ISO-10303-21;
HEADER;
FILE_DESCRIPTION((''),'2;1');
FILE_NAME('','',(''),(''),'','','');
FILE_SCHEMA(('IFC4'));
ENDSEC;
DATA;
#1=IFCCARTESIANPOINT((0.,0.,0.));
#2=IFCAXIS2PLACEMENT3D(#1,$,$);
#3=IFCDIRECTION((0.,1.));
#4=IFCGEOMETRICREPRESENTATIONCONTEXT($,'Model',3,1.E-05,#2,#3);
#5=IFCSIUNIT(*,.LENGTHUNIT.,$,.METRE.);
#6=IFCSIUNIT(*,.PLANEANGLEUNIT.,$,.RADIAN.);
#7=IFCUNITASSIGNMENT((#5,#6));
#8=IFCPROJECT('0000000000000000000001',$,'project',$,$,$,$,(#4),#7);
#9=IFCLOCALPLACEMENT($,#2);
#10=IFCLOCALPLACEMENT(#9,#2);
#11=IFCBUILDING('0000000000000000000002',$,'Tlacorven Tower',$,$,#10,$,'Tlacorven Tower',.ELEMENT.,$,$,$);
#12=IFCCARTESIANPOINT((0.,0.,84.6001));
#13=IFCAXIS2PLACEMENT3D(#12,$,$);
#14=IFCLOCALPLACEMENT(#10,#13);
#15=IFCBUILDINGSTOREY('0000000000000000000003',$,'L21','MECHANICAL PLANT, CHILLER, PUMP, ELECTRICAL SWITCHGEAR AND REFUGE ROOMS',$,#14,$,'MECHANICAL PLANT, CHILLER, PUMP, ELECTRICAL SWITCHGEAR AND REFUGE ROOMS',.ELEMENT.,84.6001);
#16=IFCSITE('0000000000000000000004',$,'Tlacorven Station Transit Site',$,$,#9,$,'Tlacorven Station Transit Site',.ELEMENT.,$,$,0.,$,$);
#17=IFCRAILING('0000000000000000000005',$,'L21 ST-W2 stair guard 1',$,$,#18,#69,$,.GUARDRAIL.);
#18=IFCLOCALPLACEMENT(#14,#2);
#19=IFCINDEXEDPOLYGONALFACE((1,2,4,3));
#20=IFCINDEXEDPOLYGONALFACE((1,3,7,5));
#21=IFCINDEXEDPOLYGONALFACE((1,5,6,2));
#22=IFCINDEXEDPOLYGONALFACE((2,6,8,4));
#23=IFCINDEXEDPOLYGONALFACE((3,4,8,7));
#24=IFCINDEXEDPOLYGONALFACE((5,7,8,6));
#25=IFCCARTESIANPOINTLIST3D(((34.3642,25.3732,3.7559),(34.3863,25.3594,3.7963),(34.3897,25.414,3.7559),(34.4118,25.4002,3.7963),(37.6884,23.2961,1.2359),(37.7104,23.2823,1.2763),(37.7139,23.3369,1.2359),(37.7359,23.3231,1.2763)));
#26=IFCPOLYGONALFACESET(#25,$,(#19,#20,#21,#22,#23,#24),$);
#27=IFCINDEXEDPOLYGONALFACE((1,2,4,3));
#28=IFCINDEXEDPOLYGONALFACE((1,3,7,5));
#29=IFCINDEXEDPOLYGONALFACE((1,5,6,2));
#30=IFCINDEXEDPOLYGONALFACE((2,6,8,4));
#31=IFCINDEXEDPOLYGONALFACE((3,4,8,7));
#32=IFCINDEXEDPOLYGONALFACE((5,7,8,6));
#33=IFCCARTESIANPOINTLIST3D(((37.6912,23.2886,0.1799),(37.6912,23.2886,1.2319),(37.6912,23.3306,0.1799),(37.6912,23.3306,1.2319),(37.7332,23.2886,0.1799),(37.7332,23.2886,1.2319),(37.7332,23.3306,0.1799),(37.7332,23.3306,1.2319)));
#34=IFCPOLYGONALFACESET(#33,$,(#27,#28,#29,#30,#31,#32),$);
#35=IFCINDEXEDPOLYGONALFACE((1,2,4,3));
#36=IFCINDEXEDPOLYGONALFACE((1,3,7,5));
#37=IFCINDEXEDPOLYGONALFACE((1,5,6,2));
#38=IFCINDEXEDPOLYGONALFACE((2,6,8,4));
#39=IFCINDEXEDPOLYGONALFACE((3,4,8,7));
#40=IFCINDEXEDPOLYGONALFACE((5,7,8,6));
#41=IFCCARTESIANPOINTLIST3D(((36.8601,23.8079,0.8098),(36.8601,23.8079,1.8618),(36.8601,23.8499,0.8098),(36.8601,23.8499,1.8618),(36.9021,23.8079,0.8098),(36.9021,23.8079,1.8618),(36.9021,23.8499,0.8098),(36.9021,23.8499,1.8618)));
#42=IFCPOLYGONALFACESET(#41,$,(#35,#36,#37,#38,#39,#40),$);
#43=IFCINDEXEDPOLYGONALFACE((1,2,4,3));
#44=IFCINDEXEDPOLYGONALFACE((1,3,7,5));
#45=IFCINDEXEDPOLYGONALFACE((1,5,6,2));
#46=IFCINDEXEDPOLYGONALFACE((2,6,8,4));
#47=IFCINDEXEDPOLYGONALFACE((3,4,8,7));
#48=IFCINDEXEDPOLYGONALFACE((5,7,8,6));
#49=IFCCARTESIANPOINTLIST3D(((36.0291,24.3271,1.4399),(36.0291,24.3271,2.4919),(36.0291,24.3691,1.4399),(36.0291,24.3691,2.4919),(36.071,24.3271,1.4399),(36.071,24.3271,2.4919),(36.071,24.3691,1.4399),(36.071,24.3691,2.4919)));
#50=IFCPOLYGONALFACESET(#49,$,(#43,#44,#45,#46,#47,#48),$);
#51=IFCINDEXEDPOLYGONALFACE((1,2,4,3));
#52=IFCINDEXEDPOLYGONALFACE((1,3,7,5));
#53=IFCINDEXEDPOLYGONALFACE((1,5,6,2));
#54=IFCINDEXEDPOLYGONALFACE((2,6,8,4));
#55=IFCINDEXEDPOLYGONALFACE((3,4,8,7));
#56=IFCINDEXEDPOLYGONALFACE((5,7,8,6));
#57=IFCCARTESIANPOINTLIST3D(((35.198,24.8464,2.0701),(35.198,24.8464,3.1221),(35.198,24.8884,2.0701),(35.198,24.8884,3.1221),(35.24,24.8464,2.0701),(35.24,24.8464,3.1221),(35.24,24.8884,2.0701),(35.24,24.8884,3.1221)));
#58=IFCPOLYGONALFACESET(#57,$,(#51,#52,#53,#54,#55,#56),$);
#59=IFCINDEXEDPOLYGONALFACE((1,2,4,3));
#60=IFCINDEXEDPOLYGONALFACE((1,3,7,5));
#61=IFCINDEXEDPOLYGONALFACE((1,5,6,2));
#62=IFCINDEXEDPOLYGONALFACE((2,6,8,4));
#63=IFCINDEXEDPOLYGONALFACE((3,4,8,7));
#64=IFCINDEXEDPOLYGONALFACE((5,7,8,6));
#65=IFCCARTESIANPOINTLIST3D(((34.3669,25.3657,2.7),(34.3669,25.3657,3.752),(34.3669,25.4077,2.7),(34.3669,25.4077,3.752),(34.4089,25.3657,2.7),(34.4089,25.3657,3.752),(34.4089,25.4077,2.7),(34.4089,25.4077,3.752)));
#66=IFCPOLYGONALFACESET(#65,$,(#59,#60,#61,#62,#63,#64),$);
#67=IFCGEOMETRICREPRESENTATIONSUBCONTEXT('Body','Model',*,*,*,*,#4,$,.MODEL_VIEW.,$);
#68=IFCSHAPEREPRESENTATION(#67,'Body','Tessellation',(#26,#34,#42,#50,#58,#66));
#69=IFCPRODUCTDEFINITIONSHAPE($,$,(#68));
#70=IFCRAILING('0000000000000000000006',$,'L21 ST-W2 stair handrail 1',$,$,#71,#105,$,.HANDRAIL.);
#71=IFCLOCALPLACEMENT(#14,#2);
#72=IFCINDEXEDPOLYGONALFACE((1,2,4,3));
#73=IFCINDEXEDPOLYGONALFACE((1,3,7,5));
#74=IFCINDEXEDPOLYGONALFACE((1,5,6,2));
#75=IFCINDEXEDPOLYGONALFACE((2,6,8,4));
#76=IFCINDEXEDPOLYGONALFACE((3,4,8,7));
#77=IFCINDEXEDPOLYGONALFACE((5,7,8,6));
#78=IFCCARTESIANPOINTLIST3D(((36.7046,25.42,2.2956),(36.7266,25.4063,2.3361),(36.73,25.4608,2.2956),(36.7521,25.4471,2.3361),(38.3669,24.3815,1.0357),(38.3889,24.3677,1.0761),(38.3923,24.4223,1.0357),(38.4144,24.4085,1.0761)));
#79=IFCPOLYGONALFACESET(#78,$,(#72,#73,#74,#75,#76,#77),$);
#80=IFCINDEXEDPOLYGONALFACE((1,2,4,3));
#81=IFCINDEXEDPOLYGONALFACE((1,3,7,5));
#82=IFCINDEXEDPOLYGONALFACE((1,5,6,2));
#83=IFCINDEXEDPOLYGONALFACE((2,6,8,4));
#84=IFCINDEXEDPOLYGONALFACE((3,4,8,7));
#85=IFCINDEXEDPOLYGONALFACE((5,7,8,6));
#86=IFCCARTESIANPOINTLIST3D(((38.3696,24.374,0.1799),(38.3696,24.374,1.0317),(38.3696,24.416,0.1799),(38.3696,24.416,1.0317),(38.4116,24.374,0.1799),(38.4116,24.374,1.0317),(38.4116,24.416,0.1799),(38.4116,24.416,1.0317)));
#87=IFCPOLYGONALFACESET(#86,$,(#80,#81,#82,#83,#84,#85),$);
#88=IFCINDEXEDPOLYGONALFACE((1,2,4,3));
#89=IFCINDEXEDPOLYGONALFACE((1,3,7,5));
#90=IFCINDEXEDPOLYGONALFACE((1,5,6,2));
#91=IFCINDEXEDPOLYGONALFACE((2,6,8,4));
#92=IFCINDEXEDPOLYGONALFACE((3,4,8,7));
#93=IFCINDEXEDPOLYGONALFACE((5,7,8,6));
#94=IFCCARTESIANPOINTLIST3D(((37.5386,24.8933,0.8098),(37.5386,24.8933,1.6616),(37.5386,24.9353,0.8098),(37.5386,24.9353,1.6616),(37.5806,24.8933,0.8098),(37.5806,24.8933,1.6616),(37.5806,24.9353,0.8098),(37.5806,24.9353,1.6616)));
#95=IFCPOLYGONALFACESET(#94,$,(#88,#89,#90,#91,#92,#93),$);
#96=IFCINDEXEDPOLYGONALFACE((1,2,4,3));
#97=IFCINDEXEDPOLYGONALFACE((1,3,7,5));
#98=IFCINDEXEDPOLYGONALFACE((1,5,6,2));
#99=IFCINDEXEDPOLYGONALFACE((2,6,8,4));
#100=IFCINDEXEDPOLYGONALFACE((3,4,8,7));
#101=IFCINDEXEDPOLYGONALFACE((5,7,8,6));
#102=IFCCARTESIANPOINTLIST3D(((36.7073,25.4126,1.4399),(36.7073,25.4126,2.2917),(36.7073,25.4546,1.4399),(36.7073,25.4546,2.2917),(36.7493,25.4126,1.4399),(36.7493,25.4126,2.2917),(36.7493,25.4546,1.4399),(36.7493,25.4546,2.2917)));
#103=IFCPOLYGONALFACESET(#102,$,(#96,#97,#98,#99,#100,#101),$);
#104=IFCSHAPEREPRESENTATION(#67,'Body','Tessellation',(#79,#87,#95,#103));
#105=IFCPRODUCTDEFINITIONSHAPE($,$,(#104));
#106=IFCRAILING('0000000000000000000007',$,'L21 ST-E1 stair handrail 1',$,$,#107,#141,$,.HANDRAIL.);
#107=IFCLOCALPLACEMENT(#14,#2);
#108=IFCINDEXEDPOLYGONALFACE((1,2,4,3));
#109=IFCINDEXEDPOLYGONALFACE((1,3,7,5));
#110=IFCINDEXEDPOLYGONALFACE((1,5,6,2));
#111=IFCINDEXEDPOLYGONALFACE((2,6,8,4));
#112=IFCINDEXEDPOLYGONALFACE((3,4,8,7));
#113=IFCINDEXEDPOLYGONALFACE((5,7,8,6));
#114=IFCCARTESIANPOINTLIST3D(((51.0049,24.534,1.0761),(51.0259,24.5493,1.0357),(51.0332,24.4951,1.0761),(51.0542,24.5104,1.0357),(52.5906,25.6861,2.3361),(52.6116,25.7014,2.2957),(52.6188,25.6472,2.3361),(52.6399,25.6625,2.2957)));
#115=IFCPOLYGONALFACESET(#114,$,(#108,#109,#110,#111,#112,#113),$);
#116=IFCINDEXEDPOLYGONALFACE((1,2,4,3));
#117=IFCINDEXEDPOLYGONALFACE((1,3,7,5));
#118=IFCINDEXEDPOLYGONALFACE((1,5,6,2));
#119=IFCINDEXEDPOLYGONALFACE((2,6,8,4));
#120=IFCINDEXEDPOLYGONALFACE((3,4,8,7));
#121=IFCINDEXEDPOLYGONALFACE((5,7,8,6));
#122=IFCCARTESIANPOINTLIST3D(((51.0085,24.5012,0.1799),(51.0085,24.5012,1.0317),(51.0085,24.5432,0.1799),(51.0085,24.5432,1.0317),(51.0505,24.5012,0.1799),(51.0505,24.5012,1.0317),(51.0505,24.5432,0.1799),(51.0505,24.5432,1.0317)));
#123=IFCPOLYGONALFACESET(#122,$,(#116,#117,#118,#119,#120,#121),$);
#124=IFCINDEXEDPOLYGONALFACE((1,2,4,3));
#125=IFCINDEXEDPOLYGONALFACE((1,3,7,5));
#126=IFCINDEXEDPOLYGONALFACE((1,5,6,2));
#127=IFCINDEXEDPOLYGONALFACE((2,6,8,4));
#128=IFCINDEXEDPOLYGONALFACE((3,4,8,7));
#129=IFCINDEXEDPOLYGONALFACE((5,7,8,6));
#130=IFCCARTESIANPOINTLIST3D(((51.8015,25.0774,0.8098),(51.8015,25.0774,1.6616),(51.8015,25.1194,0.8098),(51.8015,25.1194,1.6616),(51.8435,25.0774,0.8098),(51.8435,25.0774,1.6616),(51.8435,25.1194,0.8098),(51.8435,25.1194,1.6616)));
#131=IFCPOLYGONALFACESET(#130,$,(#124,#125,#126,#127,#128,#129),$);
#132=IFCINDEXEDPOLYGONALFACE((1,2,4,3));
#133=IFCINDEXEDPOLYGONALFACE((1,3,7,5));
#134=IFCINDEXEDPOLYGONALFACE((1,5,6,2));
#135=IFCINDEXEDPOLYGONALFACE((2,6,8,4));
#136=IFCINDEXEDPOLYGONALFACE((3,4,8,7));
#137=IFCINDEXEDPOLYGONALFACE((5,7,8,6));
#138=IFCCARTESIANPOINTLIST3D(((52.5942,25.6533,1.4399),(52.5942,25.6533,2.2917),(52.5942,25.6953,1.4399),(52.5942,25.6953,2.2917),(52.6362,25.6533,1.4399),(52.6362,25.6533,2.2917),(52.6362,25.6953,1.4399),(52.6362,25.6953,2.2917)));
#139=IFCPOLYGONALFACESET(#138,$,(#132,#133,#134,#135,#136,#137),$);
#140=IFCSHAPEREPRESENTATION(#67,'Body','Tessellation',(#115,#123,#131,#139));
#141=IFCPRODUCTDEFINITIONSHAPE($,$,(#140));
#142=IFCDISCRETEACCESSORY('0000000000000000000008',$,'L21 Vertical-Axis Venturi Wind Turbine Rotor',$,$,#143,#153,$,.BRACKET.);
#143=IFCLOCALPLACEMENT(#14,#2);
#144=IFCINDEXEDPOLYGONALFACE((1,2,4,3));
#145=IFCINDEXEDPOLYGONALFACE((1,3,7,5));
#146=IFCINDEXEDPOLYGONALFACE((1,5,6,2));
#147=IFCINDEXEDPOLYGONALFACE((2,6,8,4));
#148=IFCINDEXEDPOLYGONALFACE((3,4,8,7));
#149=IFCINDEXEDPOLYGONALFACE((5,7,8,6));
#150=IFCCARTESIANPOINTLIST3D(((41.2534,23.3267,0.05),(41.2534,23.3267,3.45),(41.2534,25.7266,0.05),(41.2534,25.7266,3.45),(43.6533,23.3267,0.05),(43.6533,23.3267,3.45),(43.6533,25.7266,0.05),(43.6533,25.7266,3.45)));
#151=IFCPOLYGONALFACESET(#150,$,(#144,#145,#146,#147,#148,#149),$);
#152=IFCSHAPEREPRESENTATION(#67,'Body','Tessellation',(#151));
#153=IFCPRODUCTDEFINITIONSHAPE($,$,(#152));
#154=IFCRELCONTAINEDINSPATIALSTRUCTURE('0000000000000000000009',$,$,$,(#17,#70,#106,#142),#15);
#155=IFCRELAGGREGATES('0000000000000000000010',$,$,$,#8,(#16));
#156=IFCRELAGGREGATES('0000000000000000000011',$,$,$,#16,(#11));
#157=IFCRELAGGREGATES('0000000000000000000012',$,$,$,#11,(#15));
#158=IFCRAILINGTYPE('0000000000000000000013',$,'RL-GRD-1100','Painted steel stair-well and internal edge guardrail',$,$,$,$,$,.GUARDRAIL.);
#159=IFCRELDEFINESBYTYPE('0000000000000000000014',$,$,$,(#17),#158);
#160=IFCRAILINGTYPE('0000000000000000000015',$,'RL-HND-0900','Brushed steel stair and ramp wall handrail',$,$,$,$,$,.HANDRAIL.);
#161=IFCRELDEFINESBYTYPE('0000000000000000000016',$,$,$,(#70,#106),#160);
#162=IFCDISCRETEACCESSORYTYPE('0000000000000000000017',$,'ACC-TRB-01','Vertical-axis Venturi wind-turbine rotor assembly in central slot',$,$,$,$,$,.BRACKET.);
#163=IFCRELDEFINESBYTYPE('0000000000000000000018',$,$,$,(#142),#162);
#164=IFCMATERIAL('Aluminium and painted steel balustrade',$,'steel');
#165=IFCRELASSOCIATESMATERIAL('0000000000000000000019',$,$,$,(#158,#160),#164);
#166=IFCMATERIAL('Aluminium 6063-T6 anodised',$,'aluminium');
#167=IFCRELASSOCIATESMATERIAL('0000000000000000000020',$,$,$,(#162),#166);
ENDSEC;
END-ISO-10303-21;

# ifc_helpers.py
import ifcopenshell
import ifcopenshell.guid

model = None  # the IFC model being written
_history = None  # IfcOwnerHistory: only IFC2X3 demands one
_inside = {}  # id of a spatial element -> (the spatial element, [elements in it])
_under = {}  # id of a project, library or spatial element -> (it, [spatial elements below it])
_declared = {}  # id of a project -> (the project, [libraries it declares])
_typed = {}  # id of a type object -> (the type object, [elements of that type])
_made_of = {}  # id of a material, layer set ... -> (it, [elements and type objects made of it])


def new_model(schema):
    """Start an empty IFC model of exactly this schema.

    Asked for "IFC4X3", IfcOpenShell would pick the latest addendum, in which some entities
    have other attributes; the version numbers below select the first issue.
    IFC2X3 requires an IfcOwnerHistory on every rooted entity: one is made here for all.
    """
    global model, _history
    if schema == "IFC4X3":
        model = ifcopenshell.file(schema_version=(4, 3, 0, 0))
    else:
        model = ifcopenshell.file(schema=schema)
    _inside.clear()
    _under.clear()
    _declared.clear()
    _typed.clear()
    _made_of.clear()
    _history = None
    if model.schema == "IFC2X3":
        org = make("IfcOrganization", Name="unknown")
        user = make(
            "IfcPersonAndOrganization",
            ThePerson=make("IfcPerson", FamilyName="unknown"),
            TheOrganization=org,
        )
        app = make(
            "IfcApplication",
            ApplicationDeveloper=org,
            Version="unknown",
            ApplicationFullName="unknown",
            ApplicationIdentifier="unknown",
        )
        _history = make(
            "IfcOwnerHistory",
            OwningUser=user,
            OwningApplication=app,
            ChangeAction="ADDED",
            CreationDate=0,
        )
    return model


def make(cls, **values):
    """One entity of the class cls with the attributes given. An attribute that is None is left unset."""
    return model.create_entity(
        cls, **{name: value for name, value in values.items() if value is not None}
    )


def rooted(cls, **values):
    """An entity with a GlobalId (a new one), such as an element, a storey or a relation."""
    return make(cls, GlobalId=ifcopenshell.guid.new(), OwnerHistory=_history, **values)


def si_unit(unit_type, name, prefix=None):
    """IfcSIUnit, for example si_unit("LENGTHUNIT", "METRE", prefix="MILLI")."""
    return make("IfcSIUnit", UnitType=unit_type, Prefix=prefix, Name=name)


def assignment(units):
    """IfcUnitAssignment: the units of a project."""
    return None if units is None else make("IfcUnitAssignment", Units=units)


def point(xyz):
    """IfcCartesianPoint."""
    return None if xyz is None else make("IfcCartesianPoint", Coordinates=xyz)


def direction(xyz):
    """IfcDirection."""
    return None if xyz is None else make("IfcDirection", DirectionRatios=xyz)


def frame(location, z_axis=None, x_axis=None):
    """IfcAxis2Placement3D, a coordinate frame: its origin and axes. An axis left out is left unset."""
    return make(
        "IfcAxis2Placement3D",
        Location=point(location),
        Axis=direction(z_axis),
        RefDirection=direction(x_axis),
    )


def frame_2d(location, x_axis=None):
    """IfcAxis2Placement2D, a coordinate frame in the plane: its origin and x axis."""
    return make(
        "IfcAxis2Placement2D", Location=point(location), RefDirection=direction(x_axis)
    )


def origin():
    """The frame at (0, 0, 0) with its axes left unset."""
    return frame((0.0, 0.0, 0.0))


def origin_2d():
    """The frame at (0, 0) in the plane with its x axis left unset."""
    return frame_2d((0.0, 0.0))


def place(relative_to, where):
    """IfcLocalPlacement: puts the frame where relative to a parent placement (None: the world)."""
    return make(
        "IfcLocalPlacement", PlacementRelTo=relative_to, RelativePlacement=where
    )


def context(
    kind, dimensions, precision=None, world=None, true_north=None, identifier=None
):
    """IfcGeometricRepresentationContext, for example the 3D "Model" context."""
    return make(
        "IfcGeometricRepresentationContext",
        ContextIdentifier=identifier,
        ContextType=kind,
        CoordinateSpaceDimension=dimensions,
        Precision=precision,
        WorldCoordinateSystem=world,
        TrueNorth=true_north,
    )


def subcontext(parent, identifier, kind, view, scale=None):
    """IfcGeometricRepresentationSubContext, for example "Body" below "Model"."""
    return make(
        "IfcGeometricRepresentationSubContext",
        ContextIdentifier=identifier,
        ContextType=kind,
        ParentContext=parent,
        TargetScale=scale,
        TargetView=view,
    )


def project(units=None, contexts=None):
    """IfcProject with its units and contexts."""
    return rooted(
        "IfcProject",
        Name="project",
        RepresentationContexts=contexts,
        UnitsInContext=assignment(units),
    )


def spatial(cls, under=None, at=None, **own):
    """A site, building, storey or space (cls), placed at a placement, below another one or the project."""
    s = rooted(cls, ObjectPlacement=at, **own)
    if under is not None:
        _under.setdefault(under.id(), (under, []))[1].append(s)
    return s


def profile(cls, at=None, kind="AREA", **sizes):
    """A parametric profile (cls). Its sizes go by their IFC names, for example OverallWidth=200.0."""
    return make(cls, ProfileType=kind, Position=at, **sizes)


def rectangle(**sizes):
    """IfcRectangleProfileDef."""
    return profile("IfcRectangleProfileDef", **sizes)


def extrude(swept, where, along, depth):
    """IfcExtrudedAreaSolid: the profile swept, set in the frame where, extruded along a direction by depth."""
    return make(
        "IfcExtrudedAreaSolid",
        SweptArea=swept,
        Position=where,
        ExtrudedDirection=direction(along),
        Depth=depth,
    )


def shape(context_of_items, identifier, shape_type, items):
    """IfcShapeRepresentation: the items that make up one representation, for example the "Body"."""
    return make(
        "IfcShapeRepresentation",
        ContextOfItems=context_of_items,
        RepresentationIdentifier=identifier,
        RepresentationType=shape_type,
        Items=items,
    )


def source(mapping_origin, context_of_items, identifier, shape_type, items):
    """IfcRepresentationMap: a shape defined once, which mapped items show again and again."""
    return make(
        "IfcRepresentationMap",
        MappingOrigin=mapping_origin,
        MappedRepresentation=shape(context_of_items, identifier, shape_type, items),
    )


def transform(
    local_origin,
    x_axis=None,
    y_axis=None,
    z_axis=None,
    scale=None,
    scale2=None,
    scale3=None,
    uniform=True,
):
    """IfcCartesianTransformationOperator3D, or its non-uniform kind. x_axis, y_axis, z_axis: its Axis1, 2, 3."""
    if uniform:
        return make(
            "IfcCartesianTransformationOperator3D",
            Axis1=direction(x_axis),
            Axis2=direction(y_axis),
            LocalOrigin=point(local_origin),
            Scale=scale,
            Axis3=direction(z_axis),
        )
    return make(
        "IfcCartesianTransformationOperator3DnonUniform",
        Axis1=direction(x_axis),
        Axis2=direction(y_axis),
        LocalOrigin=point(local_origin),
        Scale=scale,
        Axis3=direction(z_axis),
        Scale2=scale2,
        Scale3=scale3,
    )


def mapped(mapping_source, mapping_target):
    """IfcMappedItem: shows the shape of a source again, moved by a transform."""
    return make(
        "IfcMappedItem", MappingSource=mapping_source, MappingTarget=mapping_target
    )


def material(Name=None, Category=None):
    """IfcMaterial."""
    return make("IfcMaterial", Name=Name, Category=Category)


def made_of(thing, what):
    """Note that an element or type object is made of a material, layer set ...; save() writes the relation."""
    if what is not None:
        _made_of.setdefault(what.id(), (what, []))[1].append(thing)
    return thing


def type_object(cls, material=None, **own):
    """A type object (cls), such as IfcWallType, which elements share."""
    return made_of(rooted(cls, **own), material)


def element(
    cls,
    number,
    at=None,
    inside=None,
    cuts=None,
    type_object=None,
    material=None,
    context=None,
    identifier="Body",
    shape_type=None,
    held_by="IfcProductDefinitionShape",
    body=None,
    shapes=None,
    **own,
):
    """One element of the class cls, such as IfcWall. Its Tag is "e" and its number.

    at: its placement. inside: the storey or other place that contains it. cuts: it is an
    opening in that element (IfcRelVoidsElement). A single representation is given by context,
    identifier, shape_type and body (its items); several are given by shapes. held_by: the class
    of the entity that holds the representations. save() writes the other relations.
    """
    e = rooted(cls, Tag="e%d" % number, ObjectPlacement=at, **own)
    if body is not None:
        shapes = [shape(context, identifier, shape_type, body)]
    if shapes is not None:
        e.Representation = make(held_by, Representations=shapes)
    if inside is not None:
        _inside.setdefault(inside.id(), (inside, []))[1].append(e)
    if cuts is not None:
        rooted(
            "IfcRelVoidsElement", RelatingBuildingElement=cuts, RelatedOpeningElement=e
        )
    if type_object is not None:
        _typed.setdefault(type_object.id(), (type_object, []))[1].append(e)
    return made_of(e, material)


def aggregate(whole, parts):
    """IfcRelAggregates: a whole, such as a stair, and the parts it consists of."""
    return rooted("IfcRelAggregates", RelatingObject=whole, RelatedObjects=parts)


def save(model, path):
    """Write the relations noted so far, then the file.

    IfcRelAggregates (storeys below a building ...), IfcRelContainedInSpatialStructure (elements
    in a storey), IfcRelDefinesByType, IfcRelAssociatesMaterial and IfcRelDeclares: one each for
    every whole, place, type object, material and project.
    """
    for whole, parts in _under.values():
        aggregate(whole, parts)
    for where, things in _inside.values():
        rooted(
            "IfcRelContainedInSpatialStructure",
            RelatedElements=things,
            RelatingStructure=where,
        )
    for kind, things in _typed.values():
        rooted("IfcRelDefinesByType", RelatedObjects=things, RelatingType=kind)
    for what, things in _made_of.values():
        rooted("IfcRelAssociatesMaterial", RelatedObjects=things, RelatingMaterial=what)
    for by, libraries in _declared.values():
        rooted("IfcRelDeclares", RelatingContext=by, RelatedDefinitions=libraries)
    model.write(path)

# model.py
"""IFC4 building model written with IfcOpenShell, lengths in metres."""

from ifc_helpers import new_model, si_unit, direction, frame, origin, origin_2d, place, context, subcontext, project, spatial, rectangle, extrude, source, transform, mapped, material, type_object, element, save


model = new_model("IFC4")

# Units and contexts
model_context = context("Model", 3, precision=1e-05, world=origin(), true_north=direction((0.0, 1.0)))
body_context = subcontext(model_context, "Body", "Model", "MODEL_VIEW")
ifc_project = project(units=[si_unit("LENGTHUNIT", "METRE"), si_unit("PLANEANGLEUNIT", "RADIAN")], contexts=[model_context])

# Site, building, storey
site_placement = place(None, origin())
site = spatial("IfcSite", under=ifc_project, at=site_placement, Name="Tlacorven Station Transit Site", LongName="Tlacorven Station Transit Site", CompositionType="ELEMENT", RefElevation=0.0)
building_placement = place(site_placement, origin())
building = spatial("IfcBuilding", under=site, at=building_placement, Name="Tlacorven Tower", LongName="Tlacorven Tower", CompositionType="ELEMENT")
storey_placement = place(building_placement, frame((0.0, 0.0, 84.6001)))
storey = spatial("IfcBuildingStorey", under=building, at=storey_placement, Name="L21", Description="MECHANICAL PLANT, CHILLER, PUMP, ELECTRICAL SWITCHGEAR AND REFUGE ROOMS", LongName="MECHANICAL PLANT, CHILLER, PUMP, ELECTRICAL SWITCHGEAR AND REFUGE ROOMS", CompositionType="ELEMENT", Elevation=84.6001)

# Railings
ifc_material_1 = material(Name="Aluminium and painted steel balustrade", Category="steel")
railing_type_1 = type_object("IfcRailingType", Name="RL-GRD-1100", Description="Painted steel stair-well and internal edge guardrail", PredefinedType="GUARDRAIL", material=ifc_material_1)
shared_shape_1 = source(origin(), body_context, "Body", "SweptSolid", [
    extrude(rectangle(XDim=0.0481, YDim=0.0481, at=origin_2d()), frame((0.0, 0.0, 1.0762), z_axis=(-0.713354, 0.445741, 0.540778), x_axis=(-0.529909, -0.848054, 0.0)), (0.0, 0.0, 1.0), 4.6599),
    extrude(rectangle(XDim=0.042, YDim=0.042, at=origin_2d()), origin(), (0.0, 0.0, 1.0), 1.052),
    extrude(rectangle(XDim=0.042, YDim=0.042, at=origin_2d()), frame((-0.8311, 0.5193, 0.6299)), (0.0, 0.0, 1.0), 1.052),
    extrude(rectangle(XDim=0.042, YDim=0.042, at=origin_2d()), frame((-1.6621, 1.0386, 1.26)), (0.0, 0.0, 1.0), 1.052),
    extrude(rectangle(XDim=0.042, YDim=0.042, at=origin_2d()), frame((-2.4932, 1.5579, 1.8901)), (0.0, 0.0, 1.0), 1.052),
    extrude(rectangle(XDim=0.042, YDim=0.042, at=origin_2d()), frame((-3.3242, 2.0771, 2.52)), (0.0, 0.0, 1.0), 1.052),
])
railing_1_placement = place(storey_placement, frame((37.7122, 23.3096, 0.1799)))
element("IfcRailing", 1, at=railing_1_placement, inside=storey, type_object=railing_type_1, Name="L21 ST-W2 stair guard 1", PredefinedType="GUARDRAIL", context=body_context, shape_type="MappedRepresentation", body=[
    mapped(shared_shape_1, transform((0.0, 0.0, 0.0), scale=1.0)),
])
railing_type_2 = type_object("IfcRailingType", Name="RL-HND-0900", Description="Brushed steel stair and ramp wall handrail", PredefinedType="HANDRAIL", material=ifc_material_1)
shared_shape_2 = source(origin(), body_context, "Body", "SweptSolid", [
    extrude(rectangle(XDim=0.0481, YDim=0.0481, at=origin_2d()), frame((0.0, 0.0, 0.876), z_axis=(-0.713405, 0.445708, 0.540738), x_axis=(-0.529853, -0.848089, 0.0)), (0.0, 0.0, 1.0), 2.3301),
    extrude(rectangle(XDim=0.042, YDim=0.042, at=origin_2d()), origin(), (0.0, 0.0, 1.0), 0.8518),
    extrude(rectangle(XDim=0.042, YDim=0.042, at=origin_2d()), frame((-0.8311, 0.5193, 0.6299)), (0.0, 0.0, 1.0), 0.8518),
    extrude(rectangle(XDim=0.042, YDim=0.042, at=origin_2d()), frame((-1.6624, 1.0386, 1.26)), (0.0, 0.0, 1.0), 0.8518),
])
railing_2_placement = place(storey_placement, frame((38.3906, 24.395, 0.1799)))
element("IfcRailing", 2, at=railing_2_placement, inside=storey, type_object=railing_type_2, Name="L21 ST-W2 stair handrail 1", PredefinedType="HANDRAIL", context=body_context, shape_type="MappedRepresentation", body=[
    mapped(shared_shape_2, transform((0.0, 0.0, 0.0), scale=1.0)),
])
shared_shape_3 = source(origin(), body_context, "Body", "SweptSolid", [
    extrude(rectangle(XDim=0.0481, YDim=0.0481, at=origin_2d()), frame((0.0, 0.0, 0.876), z_axis=(0.680525, 0.494441, 0.540753), x_axis=(-0.587794, 0.809011, 0.0)), (0.0, 0.0, 1.0), 2.3301),
    extrude(rectangle(XDim=0.042, YDim=0.042, at=origin_2d()), origin(), (0.0, 0.0, 1.0), 0.8518),
    extrude(rectangle(XDim=0.042, YDim=0.042, at=origin_2d()), frame((0.793, 0.5762, 0.6299)), (0.0, 0.0, 1.0), 0.8518),
    extrude(rectangle(XDim=0.042, YDim=0.042, at=origin_2d()), frame((1.5857, 1.1521, 1.26)), (0.0, 0.0, 1.0), 0.8518),
])
railing_3_placement = place(storey_placement, frame((51.0295, 24.5222, 0.1799)))
element("IfcRailing", 3, at=railing_3_placement, inside=storey, type_object=railing_type_2, Name="L21 ST-E1 stair handrail 1", PredefinedType="HANDRAIL", context=body_context, shape_type="MappedRepresentation", body=[
    mapped(shared_shape_3, transform((0.0, 0.0, 0.0), scale=1.0)),
])

# Discrete accessory
ifc_material_2 = material(Name="Aluminium 6063-T6 anodised", Category="aluminium")
discrete_accessory_type = type_object("IfcDiscreteAccessoryType", Name="ACC-TRB-01", Description="Vertical-axis Venturi wind-turbine rotor assembly in central slot", PredefinedType="BRACKET", material=ifc_material_2)
shared_shape_4 = source(origin(), body_context, "Body", "SweptSolid", [
    extrude(rectangle(XDim=2.3999, YDim=2.3999, at=origin_2d()), origin(), (0.0, 0.0, 1.0), 3.3999),
])
discrete_accessory_placement = place(storey_placement, frame((42.4534, 24.5266, 0.05), z_axis=(0.0, 0.0, 1.0), x_axis=(1.0, 0.0, 0.0)))
element("IfcDiscreteAccessory", 4, at=discrete_accessory_placement, inside=storey, type_object=discrete_accessory_type, Name="L21 Vertical-Axis Venturi Wind Turbine Rotor", PredefinedType="BRACKET", context=body_context, shape_type="MappedRepresentation", body=[
    mapped(shared_shape_4, transform((0.0, 0.0, 0.0), scale=1.0)),
])

save(model, "model.ifc")
